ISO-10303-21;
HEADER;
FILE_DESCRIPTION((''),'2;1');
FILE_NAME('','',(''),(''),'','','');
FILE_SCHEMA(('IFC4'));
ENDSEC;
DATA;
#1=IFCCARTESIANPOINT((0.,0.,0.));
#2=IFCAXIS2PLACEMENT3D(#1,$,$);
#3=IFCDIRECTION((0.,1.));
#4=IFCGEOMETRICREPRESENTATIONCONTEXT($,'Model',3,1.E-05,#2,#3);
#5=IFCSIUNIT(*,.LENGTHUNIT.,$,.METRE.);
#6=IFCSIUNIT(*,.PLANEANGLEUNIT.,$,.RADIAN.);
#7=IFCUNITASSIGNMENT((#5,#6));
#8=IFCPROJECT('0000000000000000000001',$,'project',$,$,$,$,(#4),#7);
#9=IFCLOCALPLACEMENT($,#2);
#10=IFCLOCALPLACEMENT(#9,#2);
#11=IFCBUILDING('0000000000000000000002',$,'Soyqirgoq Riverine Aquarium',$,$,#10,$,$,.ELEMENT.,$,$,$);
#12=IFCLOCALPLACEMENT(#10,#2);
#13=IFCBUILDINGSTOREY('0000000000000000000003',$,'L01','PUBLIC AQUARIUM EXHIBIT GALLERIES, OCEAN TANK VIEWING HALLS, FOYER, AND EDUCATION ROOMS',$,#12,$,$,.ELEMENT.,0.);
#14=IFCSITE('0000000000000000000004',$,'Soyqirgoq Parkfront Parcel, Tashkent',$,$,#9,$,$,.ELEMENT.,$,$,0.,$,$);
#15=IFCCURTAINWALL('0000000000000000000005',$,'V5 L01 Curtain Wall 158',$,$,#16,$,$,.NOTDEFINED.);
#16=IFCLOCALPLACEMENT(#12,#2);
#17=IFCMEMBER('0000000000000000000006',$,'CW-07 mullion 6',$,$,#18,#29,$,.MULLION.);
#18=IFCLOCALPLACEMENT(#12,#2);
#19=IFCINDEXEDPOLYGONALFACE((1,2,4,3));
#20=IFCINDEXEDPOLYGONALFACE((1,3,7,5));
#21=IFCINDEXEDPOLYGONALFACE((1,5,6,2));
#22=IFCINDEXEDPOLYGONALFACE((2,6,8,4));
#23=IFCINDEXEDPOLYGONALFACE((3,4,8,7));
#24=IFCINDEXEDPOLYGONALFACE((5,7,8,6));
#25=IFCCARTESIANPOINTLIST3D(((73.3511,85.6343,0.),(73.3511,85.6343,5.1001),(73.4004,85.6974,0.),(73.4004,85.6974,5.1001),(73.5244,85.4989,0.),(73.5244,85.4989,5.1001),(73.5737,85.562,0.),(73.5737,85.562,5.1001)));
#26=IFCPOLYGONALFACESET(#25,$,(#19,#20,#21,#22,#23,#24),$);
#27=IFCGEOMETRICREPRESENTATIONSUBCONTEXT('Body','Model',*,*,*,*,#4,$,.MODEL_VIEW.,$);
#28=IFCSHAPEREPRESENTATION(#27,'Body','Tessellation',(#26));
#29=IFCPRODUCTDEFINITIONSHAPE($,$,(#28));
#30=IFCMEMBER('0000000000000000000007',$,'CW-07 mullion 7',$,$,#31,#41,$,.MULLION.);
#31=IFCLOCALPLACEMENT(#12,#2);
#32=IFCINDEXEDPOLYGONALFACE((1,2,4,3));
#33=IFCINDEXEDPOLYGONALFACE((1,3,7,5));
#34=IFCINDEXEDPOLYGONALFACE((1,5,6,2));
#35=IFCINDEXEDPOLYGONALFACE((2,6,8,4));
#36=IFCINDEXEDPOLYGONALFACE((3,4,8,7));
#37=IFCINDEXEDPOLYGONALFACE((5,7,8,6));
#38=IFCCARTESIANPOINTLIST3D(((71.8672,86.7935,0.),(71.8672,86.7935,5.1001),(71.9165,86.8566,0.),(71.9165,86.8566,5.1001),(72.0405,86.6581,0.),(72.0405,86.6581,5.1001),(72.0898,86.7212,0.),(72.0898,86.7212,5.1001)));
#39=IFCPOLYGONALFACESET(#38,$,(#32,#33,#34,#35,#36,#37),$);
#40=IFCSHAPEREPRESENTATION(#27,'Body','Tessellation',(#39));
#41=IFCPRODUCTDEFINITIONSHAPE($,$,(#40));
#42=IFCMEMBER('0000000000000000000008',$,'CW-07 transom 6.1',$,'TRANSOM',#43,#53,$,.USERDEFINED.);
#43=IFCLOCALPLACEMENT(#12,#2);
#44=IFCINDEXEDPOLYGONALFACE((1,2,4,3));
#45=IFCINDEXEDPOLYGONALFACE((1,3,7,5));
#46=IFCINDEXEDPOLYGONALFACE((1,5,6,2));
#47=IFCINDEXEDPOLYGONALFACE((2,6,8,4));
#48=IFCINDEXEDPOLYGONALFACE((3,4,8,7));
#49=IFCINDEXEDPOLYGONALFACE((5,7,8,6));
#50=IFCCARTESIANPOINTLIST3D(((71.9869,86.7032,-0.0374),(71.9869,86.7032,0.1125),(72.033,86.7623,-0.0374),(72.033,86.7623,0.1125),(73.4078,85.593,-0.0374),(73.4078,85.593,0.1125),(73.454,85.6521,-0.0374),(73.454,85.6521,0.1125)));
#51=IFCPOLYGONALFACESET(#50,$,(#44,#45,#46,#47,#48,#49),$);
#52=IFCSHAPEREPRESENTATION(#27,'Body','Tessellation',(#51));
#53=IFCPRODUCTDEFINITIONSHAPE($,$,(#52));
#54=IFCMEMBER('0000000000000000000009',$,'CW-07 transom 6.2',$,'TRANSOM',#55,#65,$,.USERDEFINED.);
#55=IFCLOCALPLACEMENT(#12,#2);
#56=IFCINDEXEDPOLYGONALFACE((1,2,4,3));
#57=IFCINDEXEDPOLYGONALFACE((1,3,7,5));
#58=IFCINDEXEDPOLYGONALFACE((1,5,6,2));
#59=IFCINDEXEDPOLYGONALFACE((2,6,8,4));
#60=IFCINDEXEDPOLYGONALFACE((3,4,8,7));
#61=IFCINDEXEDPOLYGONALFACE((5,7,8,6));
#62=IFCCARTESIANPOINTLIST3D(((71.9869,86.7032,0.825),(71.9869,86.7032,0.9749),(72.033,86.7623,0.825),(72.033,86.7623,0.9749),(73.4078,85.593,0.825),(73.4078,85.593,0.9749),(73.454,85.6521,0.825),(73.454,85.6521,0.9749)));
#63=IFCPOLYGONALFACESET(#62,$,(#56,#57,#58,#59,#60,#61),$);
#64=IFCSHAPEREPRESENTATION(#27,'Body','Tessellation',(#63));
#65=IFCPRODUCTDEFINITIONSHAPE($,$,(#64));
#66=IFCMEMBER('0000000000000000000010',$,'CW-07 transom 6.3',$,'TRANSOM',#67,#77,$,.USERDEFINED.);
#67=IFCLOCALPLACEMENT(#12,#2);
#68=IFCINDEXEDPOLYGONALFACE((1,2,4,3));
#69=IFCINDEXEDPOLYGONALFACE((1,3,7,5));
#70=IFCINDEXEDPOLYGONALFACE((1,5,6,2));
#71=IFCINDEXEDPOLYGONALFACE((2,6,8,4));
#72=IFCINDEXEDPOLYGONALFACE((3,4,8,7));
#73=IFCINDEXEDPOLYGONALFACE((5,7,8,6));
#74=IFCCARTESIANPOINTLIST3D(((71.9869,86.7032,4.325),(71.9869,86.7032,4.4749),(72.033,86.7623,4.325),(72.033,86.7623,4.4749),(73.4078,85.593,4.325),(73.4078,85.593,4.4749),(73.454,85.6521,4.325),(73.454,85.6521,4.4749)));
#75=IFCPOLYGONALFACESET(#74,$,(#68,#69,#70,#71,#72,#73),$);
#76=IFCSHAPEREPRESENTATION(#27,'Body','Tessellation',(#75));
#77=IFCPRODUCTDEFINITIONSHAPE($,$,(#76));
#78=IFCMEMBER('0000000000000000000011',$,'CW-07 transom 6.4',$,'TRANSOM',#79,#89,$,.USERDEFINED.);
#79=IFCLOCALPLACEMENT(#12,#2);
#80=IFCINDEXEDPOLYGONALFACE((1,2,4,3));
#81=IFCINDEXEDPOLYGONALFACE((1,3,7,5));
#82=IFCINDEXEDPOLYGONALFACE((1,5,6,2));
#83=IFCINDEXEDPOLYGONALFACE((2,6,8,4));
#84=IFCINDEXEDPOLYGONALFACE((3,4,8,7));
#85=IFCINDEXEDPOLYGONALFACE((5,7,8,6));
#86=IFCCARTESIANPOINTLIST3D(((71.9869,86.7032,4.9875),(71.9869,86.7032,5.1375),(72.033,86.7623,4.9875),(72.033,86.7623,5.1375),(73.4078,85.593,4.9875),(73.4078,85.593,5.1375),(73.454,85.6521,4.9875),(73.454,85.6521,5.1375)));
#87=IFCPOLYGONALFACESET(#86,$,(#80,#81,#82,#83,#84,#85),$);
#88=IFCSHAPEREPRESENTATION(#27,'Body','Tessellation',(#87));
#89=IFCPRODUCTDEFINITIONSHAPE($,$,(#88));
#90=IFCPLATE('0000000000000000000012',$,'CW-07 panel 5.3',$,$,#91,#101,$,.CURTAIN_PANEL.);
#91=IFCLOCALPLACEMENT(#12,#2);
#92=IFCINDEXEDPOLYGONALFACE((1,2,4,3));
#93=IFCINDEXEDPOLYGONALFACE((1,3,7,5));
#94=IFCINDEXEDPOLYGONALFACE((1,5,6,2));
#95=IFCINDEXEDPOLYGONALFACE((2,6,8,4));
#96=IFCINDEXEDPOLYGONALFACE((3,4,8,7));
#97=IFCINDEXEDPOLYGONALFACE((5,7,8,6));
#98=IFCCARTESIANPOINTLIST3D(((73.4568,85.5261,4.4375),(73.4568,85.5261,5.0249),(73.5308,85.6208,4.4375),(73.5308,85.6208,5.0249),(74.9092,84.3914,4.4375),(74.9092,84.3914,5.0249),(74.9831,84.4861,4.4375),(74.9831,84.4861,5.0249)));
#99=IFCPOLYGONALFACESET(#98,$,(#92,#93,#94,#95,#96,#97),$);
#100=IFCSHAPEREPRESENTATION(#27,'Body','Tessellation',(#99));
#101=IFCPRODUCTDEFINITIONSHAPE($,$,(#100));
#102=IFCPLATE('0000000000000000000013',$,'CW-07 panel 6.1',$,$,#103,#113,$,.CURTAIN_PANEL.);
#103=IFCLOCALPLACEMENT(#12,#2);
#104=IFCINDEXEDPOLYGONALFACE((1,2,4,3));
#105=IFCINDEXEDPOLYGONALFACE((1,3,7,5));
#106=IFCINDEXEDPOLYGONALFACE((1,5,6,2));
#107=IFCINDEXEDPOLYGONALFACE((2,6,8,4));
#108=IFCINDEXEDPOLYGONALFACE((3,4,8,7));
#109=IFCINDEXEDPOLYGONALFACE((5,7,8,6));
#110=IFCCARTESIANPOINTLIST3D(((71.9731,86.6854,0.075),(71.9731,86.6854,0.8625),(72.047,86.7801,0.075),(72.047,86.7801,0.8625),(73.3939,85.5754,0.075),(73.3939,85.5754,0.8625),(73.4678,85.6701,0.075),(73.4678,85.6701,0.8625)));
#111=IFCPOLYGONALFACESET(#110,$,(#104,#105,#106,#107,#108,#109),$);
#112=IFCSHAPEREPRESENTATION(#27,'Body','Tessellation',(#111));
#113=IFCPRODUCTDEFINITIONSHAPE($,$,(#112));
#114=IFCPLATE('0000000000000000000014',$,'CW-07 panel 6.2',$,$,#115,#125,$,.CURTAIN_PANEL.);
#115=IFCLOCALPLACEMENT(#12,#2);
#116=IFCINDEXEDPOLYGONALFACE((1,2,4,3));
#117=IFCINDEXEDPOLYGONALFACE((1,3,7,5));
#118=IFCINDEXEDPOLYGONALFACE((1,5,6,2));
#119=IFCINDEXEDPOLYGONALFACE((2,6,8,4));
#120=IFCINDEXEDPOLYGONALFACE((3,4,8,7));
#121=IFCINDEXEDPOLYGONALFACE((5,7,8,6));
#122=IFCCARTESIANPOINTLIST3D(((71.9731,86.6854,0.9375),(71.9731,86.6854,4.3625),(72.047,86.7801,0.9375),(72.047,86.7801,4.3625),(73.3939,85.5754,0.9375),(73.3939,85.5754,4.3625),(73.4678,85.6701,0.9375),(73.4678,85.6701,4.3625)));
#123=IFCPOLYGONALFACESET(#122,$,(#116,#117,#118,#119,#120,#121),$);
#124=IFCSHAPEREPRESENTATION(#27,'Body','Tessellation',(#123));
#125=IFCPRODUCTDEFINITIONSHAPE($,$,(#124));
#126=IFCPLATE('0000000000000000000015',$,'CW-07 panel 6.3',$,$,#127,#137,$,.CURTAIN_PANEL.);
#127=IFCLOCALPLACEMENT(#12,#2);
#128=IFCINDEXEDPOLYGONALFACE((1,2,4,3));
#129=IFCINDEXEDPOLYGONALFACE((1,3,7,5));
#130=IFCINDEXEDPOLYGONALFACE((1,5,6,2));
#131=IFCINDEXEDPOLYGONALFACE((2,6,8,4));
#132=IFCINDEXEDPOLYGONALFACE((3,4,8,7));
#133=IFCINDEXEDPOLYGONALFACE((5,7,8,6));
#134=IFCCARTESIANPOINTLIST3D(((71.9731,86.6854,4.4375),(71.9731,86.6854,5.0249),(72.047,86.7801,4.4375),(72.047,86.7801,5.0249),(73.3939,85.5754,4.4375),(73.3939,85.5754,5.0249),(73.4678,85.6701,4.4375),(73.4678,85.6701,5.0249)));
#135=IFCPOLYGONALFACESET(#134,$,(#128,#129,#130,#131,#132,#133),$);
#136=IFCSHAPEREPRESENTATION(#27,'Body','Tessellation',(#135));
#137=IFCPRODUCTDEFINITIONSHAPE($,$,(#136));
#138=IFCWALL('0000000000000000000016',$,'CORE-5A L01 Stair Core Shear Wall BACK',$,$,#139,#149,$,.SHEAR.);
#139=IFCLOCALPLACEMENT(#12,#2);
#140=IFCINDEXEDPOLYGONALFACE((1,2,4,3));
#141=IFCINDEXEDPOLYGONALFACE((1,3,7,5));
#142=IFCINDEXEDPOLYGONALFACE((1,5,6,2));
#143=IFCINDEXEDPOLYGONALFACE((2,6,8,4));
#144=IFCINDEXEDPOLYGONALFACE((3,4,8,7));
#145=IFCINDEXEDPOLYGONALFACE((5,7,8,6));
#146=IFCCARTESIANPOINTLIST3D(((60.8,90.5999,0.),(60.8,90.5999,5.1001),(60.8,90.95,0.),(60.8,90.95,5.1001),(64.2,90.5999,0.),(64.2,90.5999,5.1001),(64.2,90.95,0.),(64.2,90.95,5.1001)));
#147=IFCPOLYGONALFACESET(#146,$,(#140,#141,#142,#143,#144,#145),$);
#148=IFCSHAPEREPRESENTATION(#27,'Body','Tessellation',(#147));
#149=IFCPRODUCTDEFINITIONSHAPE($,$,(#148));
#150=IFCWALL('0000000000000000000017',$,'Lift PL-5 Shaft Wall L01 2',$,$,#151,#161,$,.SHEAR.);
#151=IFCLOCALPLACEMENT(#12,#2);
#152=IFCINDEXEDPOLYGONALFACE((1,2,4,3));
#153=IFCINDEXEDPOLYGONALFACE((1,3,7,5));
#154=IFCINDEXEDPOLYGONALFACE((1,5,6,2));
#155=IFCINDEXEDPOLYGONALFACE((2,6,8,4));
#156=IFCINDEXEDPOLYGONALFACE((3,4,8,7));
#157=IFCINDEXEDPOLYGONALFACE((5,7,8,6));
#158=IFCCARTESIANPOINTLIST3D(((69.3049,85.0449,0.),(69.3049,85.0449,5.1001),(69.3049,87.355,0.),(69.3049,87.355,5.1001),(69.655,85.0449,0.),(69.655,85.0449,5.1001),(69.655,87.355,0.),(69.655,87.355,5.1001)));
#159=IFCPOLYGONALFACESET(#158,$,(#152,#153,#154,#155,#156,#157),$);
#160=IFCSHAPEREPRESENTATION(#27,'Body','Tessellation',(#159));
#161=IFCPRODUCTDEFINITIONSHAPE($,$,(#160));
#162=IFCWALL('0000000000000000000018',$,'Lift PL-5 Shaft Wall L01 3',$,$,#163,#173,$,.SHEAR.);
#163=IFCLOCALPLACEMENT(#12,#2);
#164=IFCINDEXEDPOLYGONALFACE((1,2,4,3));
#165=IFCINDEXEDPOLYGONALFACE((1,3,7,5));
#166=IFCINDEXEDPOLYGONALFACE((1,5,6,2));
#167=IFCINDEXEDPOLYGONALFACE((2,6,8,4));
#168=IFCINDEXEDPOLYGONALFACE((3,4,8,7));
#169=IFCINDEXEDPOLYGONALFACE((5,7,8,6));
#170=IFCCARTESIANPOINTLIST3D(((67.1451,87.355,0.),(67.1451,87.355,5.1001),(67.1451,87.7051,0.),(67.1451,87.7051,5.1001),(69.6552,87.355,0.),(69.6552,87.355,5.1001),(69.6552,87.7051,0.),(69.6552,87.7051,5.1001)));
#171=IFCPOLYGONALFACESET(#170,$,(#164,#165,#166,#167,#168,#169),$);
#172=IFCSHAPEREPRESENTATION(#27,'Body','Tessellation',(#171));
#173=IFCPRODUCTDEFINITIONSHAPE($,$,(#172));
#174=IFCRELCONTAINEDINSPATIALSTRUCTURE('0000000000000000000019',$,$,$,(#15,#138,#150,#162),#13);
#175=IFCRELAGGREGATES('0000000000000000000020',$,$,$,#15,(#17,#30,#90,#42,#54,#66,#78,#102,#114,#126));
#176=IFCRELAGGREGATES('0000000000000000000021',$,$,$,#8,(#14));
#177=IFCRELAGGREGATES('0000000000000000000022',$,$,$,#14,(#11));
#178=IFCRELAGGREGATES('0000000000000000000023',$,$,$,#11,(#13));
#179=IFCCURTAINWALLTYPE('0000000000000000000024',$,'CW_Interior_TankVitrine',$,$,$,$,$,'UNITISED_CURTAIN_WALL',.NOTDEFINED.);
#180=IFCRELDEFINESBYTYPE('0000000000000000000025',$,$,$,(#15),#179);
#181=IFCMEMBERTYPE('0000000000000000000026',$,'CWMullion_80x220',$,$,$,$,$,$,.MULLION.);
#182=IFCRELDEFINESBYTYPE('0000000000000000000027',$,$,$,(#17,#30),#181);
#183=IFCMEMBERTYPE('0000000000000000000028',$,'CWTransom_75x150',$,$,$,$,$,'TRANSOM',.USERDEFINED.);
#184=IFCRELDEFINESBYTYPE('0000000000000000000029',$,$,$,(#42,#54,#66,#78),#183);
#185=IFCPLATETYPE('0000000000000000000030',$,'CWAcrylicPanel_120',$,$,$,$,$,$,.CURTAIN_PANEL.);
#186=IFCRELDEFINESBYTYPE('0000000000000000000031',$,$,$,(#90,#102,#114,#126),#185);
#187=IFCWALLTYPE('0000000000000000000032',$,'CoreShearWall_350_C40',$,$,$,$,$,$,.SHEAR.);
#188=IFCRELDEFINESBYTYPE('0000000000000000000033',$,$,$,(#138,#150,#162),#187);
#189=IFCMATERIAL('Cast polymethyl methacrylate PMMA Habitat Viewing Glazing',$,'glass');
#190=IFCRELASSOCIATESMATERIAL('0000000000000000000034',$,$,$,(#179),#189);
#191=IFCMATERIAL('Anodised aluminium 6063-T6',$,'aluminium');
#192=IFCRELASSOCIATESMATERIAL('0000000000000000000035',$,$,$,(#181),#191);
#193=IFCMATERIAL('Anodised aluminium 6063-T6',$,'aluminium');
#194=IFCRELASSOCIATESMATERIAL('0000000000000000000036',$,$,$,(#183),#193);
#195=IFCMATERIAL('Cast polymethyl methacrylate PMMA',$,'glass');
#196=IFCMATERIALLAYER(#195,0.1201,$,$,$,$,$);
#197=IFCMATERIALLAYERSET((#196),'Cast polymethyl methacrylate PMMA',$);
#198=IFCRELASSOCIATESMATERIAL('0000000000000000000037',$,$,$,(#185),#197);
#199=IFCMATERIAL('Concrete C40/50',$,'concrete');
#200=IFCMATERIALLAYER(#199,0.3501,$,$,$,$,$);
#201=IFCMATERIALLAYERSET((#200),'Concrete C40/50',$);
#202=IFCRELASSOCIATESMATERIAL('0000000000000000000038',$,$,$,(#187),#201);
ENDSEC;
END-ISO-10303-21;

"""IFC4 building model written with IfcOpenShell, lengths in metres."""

from ifc_helpers import new_model, si_unit, direction, frame, frame_2d, origin, origin_2d, place, context, subcontext, project, spatial, rectangle, extrude, material, layer, layer_set, material_profile, profile_set, type_object, element, aggregate, save


model = new_model("IFC4")

# Units and contexts
model_context = context("Model", 3, precision=1e-05, world=origin(), true_north=direction((0.0, 1.0)))
body_context = subcontext(model_context, "Body", "Model", "MODEL_VIEW")
ifc_project = project(units=[si_unit("LENGTHUNIT", "METRE"), si_unit("PLANEANGLEUNIT", "RADIAN")], contexts=[model_context])

# Site, building, storey
site_placement = place(None, origin())
site = spatial("IfcSite", under=ifc_project, at=site_placement, Name="Soyqirgoq Parkfront Parcel, Tashkent", CompositionType="ELEMENT", RefElevation=0.0)
building_placement = place(site_placement, origin())
building = spatial("IfcBuilding", under=site, at=building_placement, Name="Soyqirgoq Riverine Aquarium", CompositionType="ELEMENT")
storey_placement = place(building_placement, origin())
storey = spatial("IfcBuildingStorey", under=building, at=storey_placement, Name="L01", Description="PUBLIC AQUARIUM EXHIBIT GALLERIES, OCEAN TANK VIEWING HALLS, FOYER, AND EDUCATION ROOMS", CompositionType="ELEMENT", Elevation=0.0)

# Curtain wall, members, plates
ifc_material_1 = material(Name="Cast polymethyl methacrylate PMMA Habitat Viewing Glazing", Category="glass")
curtain_wall_type = type_object("IfcCurtainWallType", Name="CW_Interior_TankVitrine", ElementType="UNITISED_CURTAIN_WALL", PredefinedType="NOTDEFINED", material=ifc_material_1)
curtain_wall_placement = place(storey_placement, origin())
curtain_wall = element("IfcCurtainWall", 1, at=curtain_wall_placement, inside=storey, type_object=curtain_wall_type, Name="V5 L01 Curtain Wall 158", PredefinedType="NOTDEFINED")
ifc_material_2 = material(Name="Anodised aluminium 6063-T6", Category="aluminium")
ifc_material_profile_1 = material_profile(ifc_material_2, rectangle(XDim=0.0801, YDim=0.22, at=origin_2d()), Name="ALU-M 80x220")
ifc_profile_set_1 = profile_set([ifc_material_profile_1], Name="Anodised aluminium 6063-T6")
member_type_1 = type_object("IfcMemberType", Name="CWMullion_80x220", PredefinedType="MULLION", material=ifc_profile_set_1)
member_1_placement = place(storey_placement, frame((73.4624, 85.5981, 0.0), z_axis=(0.0, 0.0, 1.0), x_axis=(-0.615655, -0.788016, 0.0)))
member_1 = element("IfcMember", 2, at=member_1_placement, type_object=member_type_1, Name="CW-07 mullion 6", PredefinedType="MULLION", context=body_context, shape_type="SweptSolid", body=[
    extrude(rectangle(XDim=0.0801, YDim=0.22, at=origin_2d()), origin(), (0.0, 0.0, 1.0), 5.1001),
])
member_2_placement = place(storey_placement, frame((71.9785, 86.7573, 0.0), z_axis=(0.0, 0.0, 1.0), x_axis=(-0.615655, -0.788016, 0.0)))
member_2 = element("IfcMember", 3, at=member_2_placement, type_object=member_type_1, Name="CW-07 mullion 7", PredefinedType="MULLION", context=body_context, shape_type="SweptSolid", body=[
    extrude(rectangle(XDim=0.0801, YDim=0.22, at=origin_2d()), origin(), (0.0, 0.0, 1.0), 5.1001),
])
ifc_material_3 = material(Name="Anodised aluminium 6063-T6", Category="aluminium")
ifc_material_profile_2 = material_profile(ifc_material_3, rectangle(XDim=0.075, YDim=0.1499, at=origin_2d()), Name="ALU-T 75x150")
ifc_profile_set_2 = profile_set([ifc_material_profile_2], Name="Anodised aluminium 6063-T6")
member_type_2 = type_object("IfcMemberType", Name="CWTransom_75x150", ElementType="TRANSOM", PredefinedType="USERDEFINED", material=ifc_profile_set_2)
member_3_placement = place(storey_placement, frame((73.4309, 85.6226, 0.0376), z_axis=(-0.788016, 0.615655, 0.0), x_axis=(-0.615655, -0.788016, 0.0)))
member_3 = element("IfcMember", 4, at=member_3_placement, type_object=member_type_2, Name="CW-07 transom 6.1", ObjectType="TRANSOM", PredefinedType="USERDEFINED", context=body_context, shape_type="SweptSolid", body=[
    extrude(rectangle(XDim=0.075, YDim=0.1499, at=origin_2d()), origin(), (0.0, 0.0, 1.0), 1.8032),
])
member_4_placement = place(storey_placement, frame((73.4309, 85.6226, 0.8999), z_axis=(-0.788016, 0.615655, 0.0), x_axis=(-0.615655, -0.788016, 0.0)))
member_4 = element("IfcMember", 5, at=member_4_placement, type_object=member_type_2, Name="CW-07 transom 6.2", ObjectType="TRANSOM", PredefinedType="USERDEFINED", context=body_context, shape_type="SweptSolid", body=[
    extrude(rectangle(XDim=0.075, YDim=0.1499, at=origin_2d()), origin(), (0.0, 0.0, 1.0), 1.8032),
])
member_5_placement = place(storey_placement, frame((73.4309, 85.6226, 4.3999), z_axis=(-0.788016, 0.615655, 0.0), x_axis=(-0.615655, -0.788016, 0.0)))
member_5 = element("IfcMember", 6, at=member_5_placement, type_object=member_type_2, Name="CW-07 transom 6.3", ObjectType="TRANSOM", PredefinedType="USERDEFINED", context=body_context, shape_type="SweptSolid", body=[
    extrude(rectangle(XDim=0.075, YDim=0.1499, at=origin_2d()), origin(), (0.0, 0.0, 1.0), 1.8032),
])
member_6_placement = place(storey_placement, frame((73.4309, 85.6226, 5.0625), z_axis=(-0.788016, 0.615655, 0.0), x_axis=(-0.615655, -0.788016, 0.0)))
member_6 = element("IfcMember", 7, at=member_6_placement, type_object=member_type_2, Name="CW-07 transom 6.4", ObjectType="TRANSOM", PredefinedType="USERDEFINED", context=body_context, shape_type="SweptSolid", body=[
    extrude(rectangle(XDim=0.075, YDim=0.1499, at=origin_2d()), origin(), (0.0, 0.0, 1.0), 1.8032),
])
ifc_material_4 = material(Name="Cast polymethyl methacrylate PMMA", Category="glass")
ifc_layer_1 = layer(ifc_material_4, 0.1201)
ifc_layer_set_1 = layer_set([ifc_layer_1], Name="Cast polymethyl methacrylate PMMA")
plate_type = type_object("IfcPlateType", Name="CWAcrylicPanel_120", PredefinedType="CURTAIN_PANEL", material=ifc_layer_set_1)
plate_1_placement = place(storey_placement, frame((74.22, 85.0061, 4.4375), z_axis=(0.0, 0.0, 1.0), x_axis=(-0.788016, 0.615655, 0.0)))
plate_1 = element("IfcPlate", 8, at=plate_1_placement, type_object=plate_type, Name="CW-07 panel 5.3", PredefinedType="CURTAIN_PANEL", context=body_context, shape_type="SweptSolid", body=[
    extrude(rectangle(XDim=1.843, YDim=0.1201, at=origin_2d()), origin(), (0.0, 0.0, 1.0), 0.5874),
])
plate_2_placement = place(storey_placement, frame((72.7205, 86.1777, 0.075), z_axis=(0.0, 0.0, 1.0), x_axis=(-0.788016, 0.615655, 0.0)))
plate_2 = element("IfcPlate", 9, at=plate_2_placement, type_object=plate_type, Name="CW-07 panel 6.1", PredefinedType="CURTAIN_PANEL", context=body_context, shape_type="SweptSolid", body=[
    extrude(rectangle(XDim=1.803, YDim=0.1201, at=origin_2d()), origin(), (0.0, 0.0, 1.0), 0.7876),
])
plate_3_placement = place(storey_placement, frame((72.7205, 86.1777, 0.9375), z_axis=(0.0, 0.0, 1.0), x_axis=(-0.788016, 0.615655, 0.0)))
plate_3 = element("IfcPlate", 10, at=plate_3_placement, type_object=plate_type, Name="CW-07 panel 6.2", PredefinedType="CURTAIN_PANEL", context=body_context, shape_type="SweptSolid", body=[
    extrude(rectangle(XDim=1.803, YDim=0.1201, at=origin_2d()), origin(), (0.0, 0.0, 1.0), 3.425),
])
plate_4_placement = place(storey_placement, frame((72.7205, 86.1777, 4.4375), z_axis=(0.0, 0.0, 1.0), x_axis=(-0.788016, 0.615655, 0.0)))
plate_4 = element("IfcPlate", 11, at=plate_4_placement, type_object=plate_type, Name="CW-07 panel 6.3", PredefinedType="CURTAIN_PANEL", context=body_context, shape_type="SweptSolid", body=[
    extrude(rectangle(XDim=1.803, YDim=0.1201, at=origin_2d()), origin(), (0.0, 0.0, 1.0), 0.5874),
])
aggregate(curtain_wall, [member_1, member_2, plate_1, member_3, member_4, member_5, member_6, plate_2, plate_3, plate_4])

# Walls
ifc_material_5 = material(Name="Concrete C40/50", Category="concrete")
ifc_layer_2 = layer(ifc_material_5, 0.3501)
ifc_layer_set_2 = layer_set([ifc_layer_2], Name="Concrete C40/50")
wall_type = type_object("IfcWallType", Name="CoreShearWall_350_C40", PredefinedType="SHEAR", material=ifc_layer_set_2)
wall_1_placement = place(storey_placement, frame((64.2, 90.7749, 0.0), z_axis=(0.0, 0.0, 1.0), x_axis=(-1.0, 0.0, 0.0)))
element("IfcWall", 12, at=wall_1_placement, inside=storey, type_object=wall_type, Name="CORE-5A L01 Stair Core Shear Wall BACK", PredefinedType="SHEAR", context=body_context, shape_type="SweptSolid", body=[
    extrude(rectangle(XDim=3.3999, YDim=0.3501, at=frame_2d((1.7, 0.0))), origin(), (0.0, 0.0, 1.0), 5.1001),
])
wall_2_placement = place(storey_placement, frame((69.48, 85.0449, 0.0), z_axis=(0.0, 0.0, 1.0), x_axis=(0.0, 1.0, 0.0)))
element("IfcWall", 13, at=wall_2_placement, inside=storey, type_object=wall_type, Name="Lift PL-5 Shaft Wall L01 2", PredefinedType="SHEAR", context=body_context, shape_type="SweptSolid", body=[
    extrude(rectangle(XDim=2.3101, YDim=0.3501, at=frame_2d((1.155, 0.0))), origin(), (0.0, 0.0, 1.0), 5.1001),
])
wall_3_placement = place(storey_placement, frame((69.655, 87.53, 0.0), z_axis=(0.0, 0.0, 1.0), x_axis=(-1.0, 0.0, 0.0)))
element("IfcWall", 14, at=wall_3_placement, inside=storey, type_object=wall_type, Name="Lift PL-5 Shaft Wall L01 3", PredefinedType="SHEAR", context=body_context, shape_type="SweptSolid", body=[
    extrude(rectangle(XDim=2.51, YDim=0.3501, at=frame_2d((1.2549, 0.0))), origin(), (0.0, 0.0, 1.0), 5.1001),
])

save(model, "model.ifc")
